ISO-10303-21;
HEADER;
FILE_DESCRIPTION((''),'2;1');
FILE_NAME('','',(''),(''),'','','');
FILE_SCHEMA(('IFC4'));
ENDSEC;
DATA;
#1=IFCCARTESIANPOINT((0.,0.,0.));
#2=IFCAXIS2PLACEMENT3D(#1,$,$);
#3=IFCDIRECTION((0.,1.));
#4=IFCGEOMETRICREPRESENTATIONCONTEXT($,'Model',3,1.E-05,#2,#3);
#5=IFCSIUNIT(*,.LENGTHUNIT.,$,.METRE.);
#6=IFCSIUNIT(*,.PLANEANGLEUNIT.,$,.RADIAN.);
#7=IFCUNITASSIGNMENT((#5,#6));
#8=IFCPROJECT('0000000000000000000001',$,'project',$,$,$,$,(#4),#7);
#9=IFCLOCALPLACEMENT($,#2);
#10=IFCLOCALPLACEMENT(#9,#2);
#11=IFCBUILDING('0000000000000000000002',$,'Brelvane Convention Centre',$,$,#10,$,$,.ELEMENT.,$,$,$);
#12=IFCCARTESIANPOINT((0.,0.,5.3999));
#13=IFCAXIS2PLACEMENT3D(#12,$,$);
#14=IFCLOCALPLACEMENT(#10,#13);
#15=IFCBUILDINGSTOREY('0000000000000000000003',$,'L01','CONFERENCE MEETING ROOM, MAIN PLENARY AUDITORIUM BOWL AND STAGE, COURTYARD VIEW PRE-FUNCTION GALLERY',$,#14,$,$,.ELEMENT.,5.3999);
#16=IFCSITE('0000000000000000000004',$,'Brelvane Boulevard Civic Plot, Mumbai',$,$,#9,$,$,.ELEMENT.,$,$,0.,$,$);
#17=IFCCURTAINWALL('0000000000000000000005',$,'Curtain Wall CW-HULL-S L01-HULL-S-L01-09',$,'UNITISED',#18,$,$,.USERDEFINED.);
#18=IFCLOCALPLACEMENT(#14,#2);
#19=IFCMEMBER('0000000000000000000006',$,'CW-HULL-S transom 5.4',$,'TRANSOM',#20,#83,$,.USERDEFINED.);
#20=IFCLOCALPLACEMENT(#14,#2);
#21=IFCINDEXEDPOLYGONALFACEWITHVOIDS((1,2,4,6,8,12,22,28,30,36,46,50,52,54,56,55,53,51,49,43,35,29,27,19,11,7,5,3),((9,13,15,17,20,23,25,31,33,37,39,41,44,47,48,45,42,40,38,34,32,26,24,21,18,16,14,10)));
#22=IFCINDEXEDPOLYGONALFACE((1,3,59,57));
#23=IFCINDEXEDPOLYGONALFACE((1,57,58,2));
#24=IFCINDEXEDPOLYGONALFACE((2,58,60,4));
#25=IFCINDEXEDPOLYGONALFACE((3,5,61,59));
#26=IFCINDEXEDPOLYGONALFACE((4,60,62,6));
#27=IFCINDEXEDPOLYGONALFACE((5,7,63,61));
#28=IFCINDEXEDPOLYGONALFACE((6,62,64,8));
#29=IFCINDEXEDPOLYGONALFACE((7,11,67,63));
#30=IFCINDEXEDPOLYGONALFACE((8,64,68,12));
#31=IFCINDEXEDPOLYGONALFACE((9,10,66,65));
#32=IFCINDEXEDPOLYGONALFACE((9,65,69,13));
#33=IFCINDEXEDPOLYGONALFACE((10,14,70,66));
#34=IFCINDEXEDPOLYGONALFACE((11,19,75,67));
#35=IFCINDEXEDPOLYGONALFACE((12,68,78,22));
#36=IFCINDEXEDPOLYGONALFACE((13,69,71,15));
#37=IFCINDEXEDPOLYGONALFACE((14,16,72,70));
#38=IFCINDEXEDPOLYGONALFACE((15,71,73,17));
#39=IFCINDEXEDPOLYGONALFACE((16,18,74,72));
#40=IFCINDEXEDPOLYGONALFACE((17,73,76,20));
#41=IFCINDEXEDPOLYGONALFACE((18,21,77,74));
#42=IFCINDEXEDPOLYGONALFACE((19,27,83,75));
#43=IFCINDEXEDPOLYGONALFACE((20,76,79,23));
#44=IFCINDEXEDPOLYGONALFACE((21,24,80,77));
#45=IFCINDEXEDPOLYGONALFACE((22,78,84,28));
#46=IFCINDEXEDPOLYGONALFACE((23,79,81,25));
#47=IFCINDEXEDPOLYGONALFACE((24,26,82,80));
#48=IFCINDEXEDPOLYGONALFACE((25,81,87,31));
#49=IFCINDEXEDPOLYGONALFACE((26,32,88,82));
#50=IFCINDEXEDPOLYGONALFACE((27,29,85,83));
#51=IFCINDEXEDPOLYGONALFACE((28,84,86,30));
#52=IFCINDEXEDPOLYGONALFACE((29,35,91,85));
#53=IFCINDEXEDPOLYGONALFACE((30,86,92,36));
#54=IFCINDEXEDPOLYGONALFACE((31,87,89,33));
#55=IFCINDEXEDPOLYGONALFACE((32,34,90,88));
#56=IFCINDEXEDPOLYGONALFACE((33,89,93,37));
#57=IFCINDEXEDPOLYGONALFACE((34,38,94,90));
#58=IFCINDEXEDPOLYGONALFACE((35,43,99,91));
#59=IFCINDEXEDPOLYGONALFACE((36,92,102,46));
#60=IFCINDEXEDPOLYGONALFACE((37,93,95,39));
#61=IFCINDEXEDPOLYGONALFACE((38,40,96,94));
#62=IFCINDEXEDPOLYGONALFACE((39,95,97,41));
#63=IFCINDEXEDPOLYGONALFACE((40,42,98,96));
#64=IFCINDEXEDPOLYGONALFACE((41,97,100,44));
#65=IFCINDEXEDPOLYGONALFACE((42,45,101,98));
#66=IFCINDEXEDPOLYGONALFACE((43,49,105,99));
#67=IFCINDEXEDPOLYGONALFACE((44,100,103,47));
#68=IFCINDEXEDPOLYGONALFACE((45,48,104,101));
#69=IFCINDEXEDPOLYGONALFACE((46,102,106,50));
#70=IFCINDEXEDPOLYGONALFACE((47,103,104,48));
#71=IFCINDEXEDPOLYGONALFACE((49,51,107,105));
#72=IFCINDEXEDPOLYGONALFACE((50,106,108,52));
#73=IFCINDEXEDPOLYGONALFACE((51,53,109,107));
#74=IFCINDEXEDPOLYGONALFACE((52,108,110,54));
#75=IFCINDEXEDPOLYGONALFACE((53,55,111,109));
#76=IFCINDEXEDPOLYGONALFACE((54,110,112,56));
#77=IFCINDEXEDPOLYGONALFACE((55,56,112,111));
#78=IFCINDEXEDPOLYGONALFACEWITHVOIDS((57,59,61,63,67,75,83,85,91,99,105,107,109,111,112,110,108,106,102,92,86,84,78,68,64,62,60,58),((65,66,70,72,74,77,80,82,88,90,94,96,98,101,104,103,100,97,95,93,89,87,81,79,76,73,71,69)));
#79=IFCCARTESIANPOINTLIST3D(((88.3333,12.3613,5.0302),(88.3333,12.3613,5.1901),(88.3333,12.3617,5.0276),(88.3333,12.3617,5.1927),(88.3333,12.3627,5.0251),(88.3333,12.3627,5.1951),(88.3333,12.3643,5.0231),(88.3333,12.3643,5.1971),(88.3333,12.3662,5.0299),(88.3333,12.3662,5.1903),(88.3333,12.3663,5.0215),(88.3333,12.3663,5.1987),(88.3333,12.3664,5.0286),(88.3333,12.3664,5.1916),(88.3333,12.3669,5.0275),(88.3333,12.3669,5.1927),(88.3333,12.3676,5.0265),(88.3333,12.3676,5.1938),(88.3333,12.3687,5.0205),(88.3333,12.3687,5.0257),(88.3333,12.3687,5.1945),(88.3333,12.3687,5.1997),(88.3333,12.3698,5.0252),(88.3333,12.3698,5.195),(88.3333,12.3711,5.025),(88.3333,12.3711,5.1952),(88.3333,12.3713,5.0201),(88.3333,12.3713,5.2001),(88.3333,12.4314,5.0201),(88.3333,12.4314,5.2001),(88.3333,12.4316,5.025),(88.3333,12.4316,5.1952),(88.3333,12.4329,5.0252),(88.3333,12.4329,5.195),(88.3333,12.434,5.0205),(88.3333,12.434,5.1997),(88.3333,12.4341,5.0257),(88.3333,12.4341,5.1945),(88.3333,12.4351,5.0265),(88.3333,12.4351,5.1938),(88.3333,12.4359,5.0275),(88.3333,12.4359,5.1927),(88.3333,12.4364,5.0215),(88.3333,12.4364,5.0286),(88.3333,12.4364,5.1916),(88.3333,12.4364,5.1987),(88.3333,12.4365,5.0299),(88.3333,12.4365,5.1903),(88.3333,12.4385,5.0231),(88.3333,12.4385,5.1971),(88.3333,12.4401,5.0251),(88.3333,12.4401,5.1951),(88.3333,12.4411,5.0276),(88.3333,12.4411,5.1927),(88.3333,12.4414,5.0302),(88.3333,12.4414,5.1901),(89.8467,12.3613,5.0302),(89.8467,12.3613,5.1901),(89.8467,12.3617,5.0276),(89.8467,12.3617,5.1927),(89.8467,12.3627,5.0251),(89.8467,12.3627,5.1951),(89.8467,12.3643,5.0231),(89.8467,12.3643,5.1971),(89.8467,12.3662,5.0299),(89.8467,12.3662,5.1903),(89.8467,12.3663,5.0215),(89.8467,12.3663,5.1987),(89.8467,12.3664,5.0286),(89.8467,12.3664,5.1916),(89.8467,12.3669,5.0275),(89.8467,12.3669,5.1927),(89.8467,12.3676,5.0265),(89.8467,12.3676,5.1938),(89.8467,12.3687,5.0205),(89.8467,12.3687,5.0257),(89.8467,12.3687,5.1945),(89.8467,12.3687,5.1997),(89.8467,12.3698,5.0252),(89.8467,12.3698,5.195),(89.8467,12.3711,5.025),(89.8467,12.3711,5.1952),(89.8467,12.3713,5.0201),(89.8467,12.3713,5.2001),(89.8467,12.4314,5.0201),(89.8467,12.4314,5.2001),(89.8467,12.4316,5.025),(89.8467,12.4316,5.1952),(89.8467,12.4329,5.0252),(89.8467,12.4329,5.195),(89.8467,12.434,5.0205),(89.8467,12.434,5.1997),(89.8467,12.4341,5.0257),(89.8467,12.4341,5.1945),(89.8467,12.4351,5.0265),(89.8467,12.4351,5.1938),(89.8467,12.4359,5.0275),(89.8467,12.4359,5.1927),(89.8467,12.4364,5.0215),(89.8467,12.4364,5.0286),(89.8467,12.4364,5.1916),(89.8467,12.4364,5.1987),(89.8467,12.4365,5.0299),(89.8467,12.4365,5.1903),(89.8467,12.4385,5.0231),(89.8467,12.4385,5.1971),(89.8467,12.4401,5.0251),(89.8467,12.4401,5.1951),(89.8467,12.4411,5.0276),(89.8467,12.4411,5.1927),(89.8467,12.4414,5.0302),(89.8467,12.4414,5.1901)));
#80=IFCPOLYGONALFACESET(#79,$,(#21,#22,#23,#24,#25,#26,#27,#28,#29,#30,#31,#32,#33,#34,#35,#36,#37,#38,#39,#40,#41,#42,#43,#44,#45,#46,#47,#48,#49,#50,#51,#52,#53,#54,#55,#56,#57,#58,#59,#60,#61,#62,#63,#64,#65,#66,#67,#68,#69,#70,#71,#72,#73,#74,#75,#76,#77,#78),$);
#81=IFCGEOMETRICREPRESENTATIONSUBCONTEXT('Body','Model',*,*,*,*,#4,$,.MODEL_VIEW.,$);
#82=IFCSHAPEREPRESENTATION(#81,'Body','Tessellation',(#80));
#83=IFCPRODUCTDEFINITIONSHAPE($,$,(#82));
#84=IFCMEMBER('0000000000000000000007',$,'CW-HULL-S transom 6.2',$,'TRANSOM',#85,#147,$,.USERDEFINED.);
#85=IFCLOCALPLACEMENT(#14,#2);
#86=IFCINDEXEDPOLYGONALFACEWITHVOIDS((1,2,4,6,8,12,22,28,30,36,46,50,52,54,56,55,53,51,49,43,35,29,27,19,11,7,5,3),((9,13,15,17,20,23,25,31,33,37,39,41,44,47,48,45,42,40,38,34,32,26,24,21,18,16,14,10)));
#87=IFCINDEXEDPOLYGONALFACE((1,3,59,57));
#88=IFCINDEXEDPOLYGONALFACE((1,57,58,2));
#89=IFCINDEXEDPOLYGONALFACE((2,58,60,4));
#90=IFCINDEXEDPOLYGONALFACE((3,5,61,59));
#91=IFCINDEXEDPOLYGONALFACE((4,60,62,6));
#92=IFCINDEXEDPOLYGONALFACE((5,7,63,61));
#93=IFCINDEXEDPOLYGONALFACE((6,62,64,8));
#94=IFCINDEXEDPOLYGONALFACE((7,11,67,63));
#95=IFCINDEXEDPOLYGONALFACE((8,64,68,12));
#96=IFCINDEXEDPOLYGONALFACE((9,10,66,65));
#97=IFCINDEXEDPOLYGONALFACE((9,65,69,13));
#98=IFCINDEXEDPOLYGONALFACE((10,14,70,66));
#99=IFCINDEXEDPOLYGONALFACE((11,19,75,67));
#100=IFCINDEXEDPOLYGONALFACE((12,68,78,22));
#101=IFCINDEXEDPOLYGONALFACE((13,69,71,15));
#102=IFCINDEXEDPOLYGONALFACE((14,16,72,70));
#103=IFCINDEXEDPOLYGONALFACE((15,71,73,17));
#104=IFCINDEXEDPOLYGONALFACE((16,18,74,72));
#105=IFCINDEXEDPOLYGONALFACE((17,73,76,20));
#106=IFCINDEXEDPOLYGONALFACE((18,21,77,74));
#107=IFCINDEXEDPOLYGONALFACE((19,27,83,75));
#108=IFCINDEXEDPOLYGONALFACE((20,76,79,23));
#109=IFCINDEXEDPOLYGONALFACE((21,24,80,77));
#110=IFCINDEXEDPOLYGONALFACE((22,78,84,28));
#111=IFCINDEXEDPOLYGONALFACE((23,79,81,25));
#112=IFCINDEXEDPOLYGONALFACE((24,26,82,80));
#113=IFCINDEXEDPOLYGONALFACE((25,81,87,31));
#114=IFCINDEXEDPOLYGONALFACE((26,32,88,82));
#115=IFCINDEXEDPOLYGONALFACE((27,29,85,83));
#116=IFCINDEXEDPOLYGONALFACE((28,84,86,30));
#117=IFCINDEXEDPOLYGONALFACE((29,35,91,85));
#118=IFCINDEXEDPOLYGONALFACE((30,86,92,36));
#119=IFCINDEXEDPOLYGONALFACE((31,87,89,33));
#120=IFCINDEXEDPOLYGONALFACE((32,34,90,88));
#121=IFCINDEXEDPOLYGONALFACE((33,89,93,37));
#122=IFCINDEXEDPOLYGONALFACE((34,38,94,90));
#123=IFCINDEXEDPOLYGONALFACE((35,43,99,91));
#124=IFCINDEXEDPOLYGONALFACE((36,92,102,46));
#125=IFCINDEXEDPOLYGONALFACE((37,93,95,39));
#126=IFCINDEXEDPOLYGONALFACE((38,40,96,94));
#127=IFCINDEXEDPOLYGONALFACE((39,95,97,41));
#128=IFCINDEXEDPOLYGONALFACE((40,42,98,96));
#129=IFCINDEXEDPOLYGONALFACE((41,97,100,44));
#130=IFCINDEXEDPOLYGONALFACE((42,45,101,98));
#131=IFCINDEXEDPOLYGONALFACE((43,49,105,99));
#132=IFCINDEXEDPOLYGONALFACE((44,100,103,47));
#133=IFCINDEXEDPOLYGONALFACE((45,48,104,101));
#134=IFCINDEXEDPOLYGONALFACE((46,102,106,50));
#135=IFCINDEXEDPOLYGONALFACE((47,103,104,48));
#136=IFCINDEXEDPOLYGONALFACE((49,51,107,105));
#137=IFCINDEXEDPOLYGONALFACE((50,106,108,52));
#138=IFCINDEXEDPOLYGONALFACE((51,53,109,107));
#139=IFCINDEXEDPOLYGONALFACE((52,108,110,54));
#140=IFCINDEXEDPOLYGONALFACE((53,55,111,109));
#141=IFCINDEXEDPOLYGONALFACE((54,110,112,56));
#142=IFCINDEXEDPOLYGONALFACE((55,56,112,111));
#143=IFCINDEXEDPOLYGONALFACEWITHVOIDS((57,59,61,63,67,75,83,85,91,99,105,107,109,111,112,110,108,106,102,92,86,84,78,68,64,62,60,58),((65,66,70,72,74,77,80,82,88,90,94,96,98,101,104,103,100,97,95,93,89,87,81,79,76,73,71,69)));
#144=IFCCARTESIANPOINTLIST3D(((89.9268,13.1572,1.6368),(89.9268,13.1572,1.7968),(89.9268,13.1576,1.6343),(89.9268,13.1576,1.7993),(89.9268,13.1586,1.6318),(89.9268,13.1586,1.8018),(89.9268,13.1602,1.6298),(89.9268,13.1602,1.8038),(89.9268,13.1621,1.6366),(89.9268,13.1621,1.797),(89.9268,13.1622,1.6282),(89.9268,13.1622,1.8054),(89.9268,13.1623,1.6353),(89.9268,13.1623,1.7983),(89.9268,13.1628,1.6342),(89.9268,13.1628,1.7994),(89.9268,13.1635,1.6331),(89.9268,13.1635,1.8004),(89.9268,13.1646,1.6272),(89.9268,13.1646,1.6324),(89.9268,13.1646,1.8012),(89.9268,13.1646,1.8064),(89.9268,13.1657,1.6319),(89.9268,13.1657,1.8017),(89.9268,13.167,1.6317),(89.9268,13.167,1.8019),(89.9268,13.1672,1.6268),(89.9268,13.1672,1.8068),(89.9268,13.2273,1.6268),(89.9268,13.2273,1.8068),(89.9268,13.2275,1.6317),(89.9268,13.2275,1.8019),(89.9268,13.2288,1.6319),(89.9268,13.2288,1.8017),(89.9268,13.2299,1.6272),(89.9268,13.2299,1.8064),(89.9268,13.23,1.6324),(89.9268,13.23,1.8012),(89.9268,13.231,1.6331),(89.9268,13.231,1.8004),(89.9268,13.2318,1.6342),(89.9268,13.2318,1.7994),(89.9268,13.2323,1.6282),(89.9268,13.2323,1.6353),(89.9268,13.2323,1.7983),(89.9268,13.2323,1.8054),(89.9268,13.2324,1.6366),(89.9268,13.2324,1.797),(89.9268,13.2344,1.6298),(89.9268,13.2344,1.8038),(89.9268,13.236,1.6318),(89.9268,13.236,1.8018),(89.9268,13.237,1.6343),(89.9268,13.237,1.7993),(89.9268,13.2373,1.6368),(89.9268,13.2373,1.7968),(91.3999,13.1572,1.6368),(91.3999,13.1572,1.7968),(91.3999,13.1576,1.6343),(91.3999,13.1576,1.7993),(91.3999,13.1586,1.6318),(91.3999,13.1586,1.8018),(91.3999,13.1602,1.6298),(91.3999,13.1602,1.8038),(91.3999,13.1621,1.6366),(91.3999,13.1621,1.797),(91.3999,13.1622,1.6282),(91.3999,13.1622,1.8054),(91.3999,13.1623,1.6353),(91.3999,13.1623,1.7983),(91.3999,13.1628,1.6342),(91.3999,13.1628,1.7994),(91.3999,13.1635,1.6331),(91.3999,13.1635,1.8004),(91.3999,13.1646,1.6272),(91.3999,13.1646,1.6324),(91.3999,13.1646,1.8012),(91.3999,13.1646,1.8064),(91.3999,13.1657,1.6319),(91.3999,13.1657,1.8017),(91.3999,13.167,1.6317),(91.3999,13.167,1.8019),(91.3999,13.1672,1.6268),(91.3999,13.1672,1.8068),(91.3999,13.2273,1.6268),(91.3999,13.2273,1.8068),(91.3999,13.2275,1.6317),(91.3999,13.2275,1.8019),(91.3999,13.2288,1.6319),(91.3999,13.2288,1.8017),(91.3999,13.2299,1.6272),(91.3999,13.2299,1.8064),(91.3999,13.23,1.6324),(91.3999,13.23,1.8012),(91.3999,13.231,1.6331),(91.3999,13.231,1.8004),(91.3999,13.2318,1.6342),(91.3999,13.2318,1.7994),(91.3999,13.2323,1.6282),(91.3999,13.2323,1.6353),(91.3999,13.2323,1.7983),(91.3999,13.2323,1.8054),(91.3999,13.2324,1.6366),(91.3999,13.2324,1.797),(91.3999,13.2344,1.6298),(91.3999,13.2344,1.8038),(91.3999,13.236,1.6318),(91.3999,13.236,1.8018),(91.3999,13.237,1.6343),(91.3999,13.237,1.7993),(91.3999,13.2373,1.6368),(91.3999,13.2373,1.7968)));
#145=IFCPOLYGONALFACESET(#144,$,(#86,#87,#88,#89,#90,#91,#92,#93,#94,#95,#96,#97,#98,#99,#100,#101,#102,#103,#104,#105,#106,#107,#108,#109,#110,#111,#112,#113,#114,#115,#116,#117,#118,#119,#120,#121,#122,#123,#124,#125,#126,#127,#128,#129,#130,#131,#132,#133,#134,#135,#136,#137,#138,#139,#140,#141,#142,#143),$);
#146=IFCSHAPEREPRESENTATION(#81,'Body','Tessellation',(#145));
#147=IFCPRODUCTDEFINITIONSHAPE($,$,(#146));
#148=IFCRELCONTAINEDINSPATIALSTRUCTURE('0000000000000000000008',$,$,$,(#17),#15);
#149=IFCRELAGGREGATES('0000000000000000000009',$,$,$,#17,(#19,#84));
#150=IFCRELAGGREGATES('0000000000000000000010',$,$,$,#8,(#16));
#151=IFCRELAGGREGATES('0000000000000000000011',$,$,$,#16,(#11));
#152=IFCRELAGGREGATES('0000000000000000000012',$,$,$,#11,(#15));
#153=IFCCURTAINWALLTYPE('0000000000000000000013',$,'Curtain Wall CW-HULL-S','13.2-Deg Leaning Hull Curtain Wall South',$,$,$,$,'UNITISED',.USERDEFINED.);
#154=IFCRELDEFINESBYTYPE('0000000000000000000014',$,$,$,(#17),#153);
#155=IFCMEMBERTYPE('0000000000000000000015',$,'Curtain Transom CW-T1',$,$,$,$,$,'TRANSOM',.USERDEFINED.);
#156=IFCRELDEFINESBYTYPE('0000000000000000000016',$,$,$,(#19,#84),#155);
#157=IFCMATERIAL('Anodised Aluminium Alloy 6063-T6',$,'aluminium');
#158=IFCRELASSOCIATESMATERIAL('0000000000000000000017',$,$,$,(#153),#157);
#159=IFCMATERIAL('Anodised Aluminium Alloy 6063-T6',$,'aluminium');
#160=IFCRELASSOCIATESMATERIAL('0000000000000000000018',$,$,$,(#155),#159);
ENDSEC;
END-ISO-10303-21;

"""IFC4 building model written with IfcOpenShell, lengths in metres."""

from ifc_helpers import new_model, si_unit, direction, frame, origin, origin_2d, place, context, subcontext, project, spatial, hollow_rectangle, extrude, material, material_profile, profile_set, type_object, element, aggregate, save


model = new_model("IFC4")

# Units and contexts
model_context = context("Model", 3, precision=1e-05, world=origin(), true_north=direction((0.0, 1.0)))
body_context = subcontext(model_context, "Body", "Model", "MODEL_VIEW")
ifc_project = project(units=[si_unit("LENGTHUNIT", "METRE"), si_unit("PLANEANGLEUNIT", "RADIAN")], contexts=[model_context])

# Site, building, storey
site_placement = place(None, origin())
site = spatial("IfcSite", under=ifc_project, at=site_placement, Name="Brelvane Boulevard Civic Plot, Mumbai", CompositionType="ELEMENT", RefElevation=0.0)
building_placement = place(site_placement, origin())
building = spatial("IfcBuilding", under=site, at=building_placement, Name="Brelvane Convention Centre", CompositionType="ELEMENT")
storey_placement = place(building_placement, frame((0.0, 0.0, 5.3999)))
storey = spatial("IfcBuildingStorey", under=building, at=storey_placement, Name="L01", Description="CONFERENCE MEETING ROOM, MAIN PLENARY AUDITORIUM BOWL AND STAGE, COURTYARD VIEW PRE-FUNCTION GALLERY", CompositionType="ELEMENT", Elevation=5.3999)

# Curtain wall, members
ifc_material_1 = material(Name="Anodised Aluminium Alloy 6063-T6", Category="aluminium")
curtain_wall_type = type_object("IfcCurtainWallType", Name="Curtain Wall CW-HULL-S", Description="13.2-Deg Leaning Hull Curtain Wall South", ElementType="UNITISED", PredefinedType="USERDEFINED", material=ifc_material_1)
curtain_wall_1_placement = place(storey_placement, origin())
curtain_wall_1 = element("IfcCurtainWall", 1, at=curtain_wall_1_placement, inside=storey, type_object=curtain_wall_type, Name="Curtain Wall CW-HULL-S L01-HULL-S-L01-09", ObjectType="UNITISED", PredefinedType="USERDEFINED")
ifc_material_2 = material(Name="Anodised Aluminium Alloy 6063-T6", Category="aluminium")
ifc_material_profile = material_profile(ifc_material_2, hollow_rectangle(XDim=0.0801, YDim=0.1799, WallThickness=0.0049, InnerFilletRadius=0.0049, OuterFilletRadius=0.01, at=origin_2d()), Name="ALU-T 180x80x5.0")
ifc_profile_set = profile_set([ifc_material_profile], Name="Anodised Aluminium Alloy 6063-T6")
member_type = type_object("IfcMemberType", Name="Curtain Transom CW-T1", ElementType="TRANSOM", PredefinedType="USERDEFINED", material=ifc_profile_set)
member_1_placement = place(storey_placement, frame((88.3333, 12.4014, 5.1101), z_axis=(1.0, 0.0, 0.0), x_axis=(0.0, 1.0, 0.0)))
member_1 = element("IfcMember", 2, at=member_1_placement, type_object=member_type, Name="CW-HULL-S transom 5.4", ObjectType="TRANSOM", PredefinedType="USERDEFINED", context=body_context, shape_type="SweptSolid", body=[
    extrude(hollow_rectangle(XDim=0.0801, YDim=0.1799, WallThickness=0.0049, InnerFilletRadius=0.0049, OuterFilletRadius=0.01, at=origin_2d()), origin(), (0.0, 0.0, 1.0), 1.5134),
])
member_2_placement = place(storey_placement, frame((89.9268, 13.1973, 1.7168), z_axis=(1.0, 0.0, 0.0), x_axis=(0.0, 1.0, 0.0)))
member_2 = element("IfcMember", 3, at=member_2_placement, type_object=member_type, Name="CW-HULL-S transom 6.2", ObjectType="TRANSOM", PredefinedType="USERDEFINED", context=body_context, shape_type="SweptSolid", body=[
    extrude(hollow_rectangle(XDim=0.0801, YDim=0.1799, WallThickness=0.0049, InnerFilletRadius=0.0049, OuterFilletRadius=0.01, at=origin_2d()), origin(), (0.0, 0.0, 1.0), 1.4731),
])

aggregate(curtain_wall_1, [member_1, member_2])

save(model, "model.ifc")
